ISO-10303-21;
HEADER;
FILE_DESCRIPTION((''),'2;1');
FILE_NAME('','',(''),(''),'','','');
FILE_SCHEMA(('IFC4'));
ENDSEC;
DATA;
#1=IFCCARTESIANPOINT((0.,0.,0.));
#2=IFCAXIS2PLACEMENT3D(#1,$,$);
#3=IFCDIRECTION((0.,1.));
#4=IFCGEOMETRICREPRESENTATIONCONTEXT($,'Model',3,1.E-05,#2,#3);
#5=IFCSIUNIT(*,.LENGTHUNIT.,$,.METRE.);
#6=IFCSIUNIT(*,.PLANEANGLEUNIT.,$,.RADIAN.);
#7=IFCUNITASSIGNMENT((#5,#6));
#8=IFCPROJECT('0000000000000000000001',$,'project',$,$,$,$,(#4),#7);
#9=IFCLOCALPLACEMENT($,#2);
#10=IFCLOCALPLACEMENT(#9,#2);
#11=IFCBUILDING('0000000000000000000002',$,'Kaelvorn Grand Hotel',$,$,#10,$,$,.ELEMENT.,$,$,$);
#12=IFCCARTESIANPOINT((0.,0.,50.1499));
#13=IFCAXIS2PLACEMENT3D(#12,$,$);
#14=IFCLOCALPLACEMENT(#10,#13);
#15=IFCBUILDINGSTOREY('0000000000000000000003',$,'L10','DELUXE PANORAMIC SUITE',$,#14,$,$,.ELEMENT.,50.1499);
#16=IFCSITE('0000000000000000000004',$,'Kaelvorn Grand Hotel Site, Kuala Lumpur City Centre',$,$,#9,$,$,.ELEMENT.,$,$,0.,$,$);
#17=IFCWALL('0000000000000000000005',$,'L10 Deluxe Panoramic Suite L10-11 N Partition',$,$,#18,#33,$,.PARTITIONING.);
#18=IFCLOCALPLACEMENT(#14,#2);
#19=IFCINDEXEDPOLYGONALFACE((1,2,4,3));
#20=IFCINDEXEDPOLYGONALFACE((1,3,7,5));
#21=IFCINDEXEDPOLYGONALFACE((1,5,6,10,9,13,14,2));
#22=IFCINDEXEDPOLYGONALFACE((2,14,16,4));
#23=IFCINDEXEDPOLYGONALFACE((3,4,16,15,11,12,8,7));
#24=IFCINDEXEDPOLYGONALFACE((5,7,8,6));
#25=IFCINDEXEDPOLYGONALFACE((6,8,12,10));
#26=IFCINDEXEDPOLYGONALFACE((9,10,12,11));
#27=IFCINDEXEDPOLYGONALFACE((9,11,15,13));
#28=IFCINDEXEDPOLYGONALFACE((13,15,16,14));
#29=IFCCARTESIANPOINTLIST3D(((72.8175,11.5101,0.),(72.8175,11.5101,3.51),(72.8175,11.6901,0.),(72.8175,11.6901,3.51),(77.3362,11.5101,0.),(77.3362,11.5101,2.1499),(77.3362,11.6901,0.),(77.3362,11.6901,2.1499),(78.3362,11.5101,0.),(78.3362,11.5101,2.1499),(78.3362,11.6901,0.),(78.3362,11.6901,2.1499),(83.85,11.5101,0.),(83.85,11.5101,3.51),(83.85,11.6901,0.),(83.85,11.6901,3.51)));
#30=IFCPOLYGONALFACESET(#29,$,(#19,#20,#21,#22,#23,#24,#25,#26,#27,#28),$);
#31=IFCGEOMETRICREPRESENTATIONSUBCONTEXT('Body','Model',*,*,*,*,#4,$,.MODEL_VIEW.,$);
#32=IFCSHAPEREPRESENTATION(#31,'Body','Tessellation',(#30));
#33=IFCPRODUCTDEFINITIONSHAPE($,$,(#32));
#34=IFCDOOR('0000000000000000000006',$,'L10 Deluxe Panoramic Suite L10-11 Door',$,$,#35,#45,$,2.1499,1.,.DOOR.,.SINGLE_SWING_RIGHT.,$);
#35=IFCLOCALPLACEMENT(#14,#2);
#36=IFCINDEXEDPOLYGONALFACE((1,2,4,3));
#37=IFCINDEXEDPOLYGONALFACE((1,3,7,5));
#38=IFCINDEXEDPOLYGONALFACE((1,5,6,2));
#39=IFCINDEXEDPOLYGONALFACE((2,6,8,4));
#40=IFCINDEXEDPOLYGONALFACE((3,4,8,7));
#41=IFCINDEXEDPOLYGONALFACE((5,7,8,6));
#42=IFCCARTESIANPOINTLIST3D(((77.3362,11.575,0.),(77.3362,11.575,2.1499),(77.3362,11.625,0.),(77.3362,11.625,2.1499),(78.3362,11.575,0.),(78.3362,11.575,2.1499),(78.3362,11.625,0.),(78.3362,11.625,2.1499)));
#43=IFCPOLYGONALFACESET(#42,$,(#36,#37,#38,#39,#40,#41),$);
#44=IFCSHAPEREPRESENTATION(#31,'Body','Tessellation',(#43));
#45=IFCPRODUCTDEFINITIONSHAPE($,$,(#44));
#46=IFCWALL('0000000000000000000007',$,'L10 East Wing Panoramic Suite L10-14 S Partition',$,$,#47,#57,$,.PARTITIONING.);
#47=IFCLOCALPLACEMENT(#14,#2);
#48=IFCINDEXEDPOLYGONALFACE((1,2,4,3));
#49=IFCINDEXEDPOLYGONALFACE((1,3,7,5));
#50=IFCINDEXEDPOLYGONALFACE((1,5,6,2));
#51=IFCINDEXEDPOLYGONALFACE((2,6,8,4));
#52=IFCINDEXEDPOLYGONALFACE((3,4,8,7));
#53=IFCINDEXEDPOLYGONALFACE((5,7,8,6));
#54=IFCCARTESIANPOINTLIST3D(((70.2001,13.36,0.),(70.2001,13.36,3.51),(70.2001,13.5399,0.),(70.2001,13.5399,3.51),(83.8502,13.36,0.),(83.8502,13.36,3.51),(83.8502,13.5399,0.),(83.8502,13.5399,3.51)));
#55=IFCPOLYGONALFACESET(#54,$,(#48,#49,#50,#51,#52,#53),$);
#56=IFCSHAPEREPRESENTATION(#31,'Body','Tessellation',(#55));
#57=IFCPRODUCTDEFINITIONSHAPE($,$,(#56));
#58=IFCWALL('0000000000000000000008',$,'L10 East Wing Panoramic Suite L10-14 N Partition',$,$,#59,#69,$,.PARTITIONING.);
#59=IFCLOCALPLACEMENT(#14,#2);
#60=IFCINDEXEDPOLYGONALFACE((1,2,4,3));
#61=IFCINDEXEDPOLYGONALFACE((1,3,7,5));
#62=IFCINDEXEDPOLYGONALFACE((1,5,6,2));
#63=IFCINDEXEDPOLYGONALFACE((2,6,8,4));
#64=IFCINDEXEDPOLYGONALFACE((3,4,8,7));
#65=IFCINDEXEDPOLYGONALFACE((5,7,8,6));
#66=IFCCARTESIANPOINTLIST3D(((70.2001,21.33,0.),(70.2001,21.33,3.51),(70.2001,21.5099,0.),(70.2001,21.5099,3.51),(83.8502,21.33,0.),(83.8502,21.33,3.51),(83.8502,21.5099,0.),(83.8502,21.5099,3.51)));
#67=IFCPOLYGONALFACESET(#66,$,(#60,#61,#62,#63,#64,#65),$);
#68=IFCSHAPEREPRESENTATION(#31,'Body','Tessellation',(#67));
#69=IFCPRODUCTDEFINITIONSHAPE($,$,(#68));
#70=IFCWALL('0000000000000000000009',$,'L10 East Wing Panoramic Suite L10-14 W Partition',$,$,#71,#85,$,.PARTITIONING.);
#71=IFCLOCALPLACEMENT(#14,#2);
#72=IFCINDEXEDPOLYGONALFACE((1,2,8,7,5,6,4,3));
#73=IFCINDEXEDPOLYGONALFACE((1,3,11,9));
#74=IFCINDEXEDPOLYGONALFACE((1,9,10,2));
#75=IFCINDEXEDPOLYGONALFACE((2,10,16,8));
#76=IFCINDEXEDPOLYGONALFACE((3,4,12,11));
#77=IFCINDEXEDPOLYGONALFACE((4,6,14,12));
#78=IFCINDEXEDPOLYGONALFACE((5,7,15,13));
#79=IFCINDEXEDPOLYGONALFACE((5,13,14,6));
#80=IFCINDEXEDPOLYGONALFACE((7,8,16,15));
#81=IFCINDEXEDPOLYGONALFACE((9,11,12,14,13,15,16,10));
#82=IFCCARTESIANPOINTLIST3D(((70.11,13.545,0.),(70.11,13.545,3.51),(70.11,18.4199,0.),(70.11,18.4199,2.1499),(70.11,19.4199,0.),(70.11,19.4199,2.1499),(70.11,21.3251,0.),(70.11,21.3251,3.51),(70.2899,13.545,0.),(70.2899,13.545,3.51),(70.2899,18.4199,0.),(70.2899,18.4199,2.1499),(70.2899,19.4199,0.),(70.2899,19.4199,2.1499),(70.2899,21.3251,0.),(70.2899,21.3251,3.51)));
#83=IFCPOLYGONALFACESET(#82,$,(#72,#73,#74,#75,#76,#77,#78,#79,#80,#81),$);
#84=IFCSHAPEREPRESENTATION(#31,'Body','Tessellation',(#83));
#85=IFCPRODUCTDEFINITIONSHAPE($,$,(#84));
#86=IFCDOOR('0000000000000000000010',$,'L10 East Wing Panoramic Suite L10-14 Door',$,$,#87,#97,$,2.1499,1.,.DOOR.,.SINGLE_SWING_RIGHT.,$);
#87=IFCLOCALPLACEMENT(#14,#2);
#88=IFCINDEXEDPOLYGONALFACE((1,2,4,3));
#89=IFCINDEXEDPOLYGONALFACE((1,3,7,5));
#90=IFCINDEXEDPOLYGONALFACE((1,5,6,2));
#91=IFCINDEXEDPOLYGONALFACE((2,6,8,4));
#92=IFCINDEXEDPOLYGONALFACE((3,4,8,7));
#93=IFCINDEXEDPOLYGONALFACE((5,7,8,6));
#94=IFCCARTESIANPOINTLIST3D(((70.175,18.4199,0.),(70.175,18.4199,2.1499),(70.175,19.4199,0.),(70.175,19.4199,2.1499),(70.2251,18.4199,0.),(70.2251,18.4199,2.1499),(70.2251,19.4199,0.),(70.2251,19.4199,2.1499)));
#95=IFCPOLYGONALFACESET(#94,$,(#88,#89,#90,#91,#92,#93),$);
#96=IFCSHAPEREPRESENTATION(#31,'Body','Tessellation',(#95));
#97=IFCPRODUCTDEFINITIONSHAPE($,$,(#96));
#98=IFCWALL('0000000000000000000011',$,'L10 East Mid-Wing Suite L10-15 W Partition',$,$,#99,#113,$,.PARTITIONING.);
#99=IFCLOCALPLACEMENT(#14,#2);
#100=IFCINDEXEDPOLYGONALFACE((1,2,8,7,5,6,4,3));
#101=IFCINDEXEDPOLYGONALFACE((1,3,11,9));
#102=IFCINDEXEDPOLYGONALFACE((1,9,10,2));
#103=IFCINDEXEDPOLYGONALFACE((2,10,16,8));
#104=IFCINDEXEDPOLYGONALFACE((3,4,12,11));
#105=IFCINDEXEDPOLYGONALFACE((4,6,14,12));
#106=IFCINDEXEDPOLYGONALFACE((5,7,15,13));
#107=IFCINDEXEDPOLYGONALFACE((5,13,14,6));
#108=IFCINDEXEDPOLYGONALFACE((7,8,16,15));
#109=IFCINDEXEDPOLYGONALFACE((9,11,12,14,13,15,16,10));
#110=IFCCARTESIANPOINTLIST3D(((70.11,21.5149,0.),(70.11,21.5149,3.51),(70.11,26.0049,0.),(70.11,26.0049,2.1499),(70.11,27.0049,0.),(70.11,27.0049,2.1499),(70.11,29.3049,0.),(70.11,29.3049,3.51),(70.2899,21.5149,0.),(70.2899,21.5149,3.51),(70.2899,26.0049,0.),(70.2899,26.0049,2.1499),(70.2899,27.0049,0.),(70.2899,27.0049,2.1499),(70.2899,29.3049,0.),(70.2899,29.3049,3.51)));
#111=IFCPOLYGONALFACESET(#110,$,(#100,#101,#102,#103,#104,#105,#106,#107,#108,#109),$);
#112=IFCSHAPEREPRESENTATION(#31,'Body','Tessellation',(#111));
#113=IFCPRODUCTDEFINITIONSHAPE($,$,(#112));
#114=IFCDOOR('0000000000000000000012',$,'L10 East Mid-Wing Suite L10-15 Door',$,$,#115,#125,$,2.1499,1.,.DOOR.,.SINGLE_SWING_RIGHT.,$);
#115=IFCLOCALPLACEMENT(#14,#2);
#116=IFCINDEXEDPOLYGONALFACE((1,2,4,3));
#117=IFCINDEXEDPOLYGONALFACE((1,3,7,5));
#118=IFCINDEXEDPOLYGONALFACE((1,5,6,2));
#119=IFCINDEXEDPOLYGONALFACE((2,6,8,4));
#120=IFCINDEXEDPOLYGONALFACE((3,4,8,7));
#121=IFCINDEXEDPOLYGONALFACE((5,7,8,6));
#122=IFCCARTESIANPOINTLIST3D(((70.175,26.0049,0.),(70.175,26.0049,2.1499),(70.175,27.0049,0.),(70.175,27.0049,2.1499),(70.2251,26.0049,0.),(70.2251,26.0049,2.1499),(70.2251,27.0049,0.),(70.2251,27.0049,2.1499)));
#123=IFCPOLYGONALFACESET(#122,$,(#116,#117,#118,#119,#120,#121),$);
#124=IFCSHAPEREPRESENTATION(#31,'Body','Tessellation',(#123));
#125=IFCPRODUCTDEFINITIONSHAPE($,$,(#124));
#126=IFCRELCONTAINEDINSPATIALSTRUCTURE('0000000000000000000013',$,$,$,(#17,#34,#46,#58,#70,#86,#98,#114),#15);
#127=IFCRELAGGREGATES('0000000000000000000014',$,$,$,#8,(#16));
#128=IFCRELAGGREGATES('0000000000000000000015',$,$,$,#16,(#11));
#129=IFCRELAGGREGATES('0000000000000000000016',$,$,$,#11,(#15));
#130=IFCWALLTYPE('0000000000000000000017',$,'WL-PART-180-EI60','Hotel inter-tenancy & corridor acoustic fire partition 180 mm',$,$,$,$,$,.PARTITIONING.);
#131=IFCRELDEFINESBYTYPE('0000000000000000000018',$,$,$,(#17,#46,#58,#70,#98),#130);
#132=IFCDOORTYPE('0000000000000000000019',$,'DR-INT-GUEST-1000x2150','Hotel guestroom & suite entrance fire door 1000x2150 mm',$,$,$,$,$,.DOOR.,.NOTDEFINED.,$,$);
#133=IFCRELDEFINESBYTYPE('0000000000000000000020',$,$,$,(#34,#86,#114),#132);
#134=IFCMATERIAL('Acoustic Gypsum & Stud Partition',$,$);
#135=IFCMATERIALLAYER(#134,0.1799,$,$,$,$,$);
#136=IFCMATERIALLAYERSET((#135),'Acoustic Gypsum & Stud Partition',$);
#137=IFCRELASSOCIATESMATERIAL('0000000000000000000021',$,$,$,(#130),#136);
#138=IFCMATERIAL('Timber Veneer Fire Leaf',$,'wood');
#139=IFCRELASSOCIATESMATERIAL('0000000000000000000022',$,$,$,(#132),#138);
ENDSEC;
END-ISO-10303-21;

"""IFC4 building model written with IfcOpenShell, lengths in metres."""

from ifc_helpers import new_model, si_unit, direction, frame, frame_2d, origin, place, context, subcontext, project, spatial, rectangle, extrude, material, layer, layer_set, type_object, element, fill, save


model = new_model("IFC4")

# Units and contexts
model_context = context("Model", 3, precision=1e-05, world=origin(), true_north=direction((0.0, 1.0)))
body_context = subcontext(model_context, "Body", "Model", "MODEL_VIEW")
ifc_project = project(units=[si_unit("LENGTHUNIT", "METRE"), si_unit("PLANEANGLEUNIT", "RADIAN")], contexts=[model_context])

# Site, building, storey
site_placement = place(None, origin())
site = spatial("IfcSite", under=ifc_project, at=site_placement, Name="Kaelvorn Grand Hotel Site, Kuala Lumpur City Centre", CompositionType="ELEMENT", RefElevation=0.0)
building_placement = place(site_placement, origin())
building = spatial("IfcBuilding", under=site, at=building_placement, Name="Kaelvorn Grand Hotel", CompositionType="ELEMENT")
storey_placement = place(building_placement, frame((0.0, 0.0, 50.1499)))
storey = spatial("IfcBuildingStorey", under=building, at=storey_placement, Name="L10", Description="DELUXE PANORAMIC SUITE", CompositionType="ELEMENT", Elevation=50.1499)

# Shared definitions
ifc_material_1 = material(Name="Acoustic Gypsum & Stud Partition")

# Wall, opening, door
ifc_layer_1 = layer(ifc_material_1, 0.1799)
ifc_layer_set_1 = layer_set([ifc_layer_1], Name="Acoustic Gypsum & Stud Partition")
wall_type_1 = type_object("IfcWallType", Name="WL-PART-180-EI60", Description="Hotel inter-tenancy & corridor acoustic fire partition 180 mm", PredefinedType="PARTITIONING", material=ifc_layer_set_1)
wall_1_placement = place(storey_placement, frame((72.8176, 11.6001, 0.0), z_axis=(0.0, 0.0, 1.0), x_axis=(1.0, 0.0, 0.0)))
wall_1 = element("IfcWall", 1, at=wall_1_placement, inside=storey, type_object=wall_type_1, Name="L10 Deluxe Panoramic Suite L10-11 N Partition", PredefinedType="PARTITIONING", context=body_context, shape_type="SweptSolid", body=[
    extrude(rectangle(XDim=11.0325, YDim=0.1799, at=frame_2d((5.5161, 0.0))), origin(), (0.0, 0.0, 1.0), 3.51),
])
opening_1_placement = place(wall_1_placement, frame((4.5186, 0.0, 0.0)))
opening_1 = element("IfcOpeningElement", 2, at=opening_1_placement, cuts=wall_1, PredefinedType="OPENING", context=body_context, shape_type="SweptSolid", body=[
    extrude(rectangle(XDim=1.0, YDim=2.1499, at=frame_2d((0.5, 1.075))), frame((0.0, 0.1001, 0.0), z_axis=(0.0, -1.0, 0.0), x_axis=(1.0, 0.0, 0.0)), (0.0, 0.0, 1.0), 0.2),
])
ifc_material_2 = material(Name="Timber Veneer Fire Leaf", Category="wood")
door_type_1 = type_object("IfcDoorType", Name="DR-INT-GUEST-1000x2150", Description="Hotel guestroom & suite entrance fire door 1000x2150 mm", OperationType="NOTDEFINED", PredefinedType="DOOR", material=ifc_material_2)
door_1_placement = place(opening_1_placement, origin())
door_1 = element("IfcDoor", 3, at=door_1_placement, inside=storey, type_object=door_type_1, Name="L10 Deluxe Panoramic Suite L10-11 Door", OperationType="SINGLE_SWING_RIGHT", OverallHeight=2.1499, OverallWidth=1.0, PredefinedType="DOOR", context=body_context, shape_type="SweptSolid", body=[
    extrude(rectangle(XDim=1.0, YDim=2.1499, at=frame_2d((0.5, 1.075))), frame((0.0, 0.0249, 0.0), z_axis=(0.0, -1.0, 0.0), x_axis=(1.0, 0.0, 0.0)), (0.0, 0.0, 1.0), 0.05),
])
fill(opening_1, door_1)

# Walls
for number, where, z_axis, x_axis, name in (
    (4, (70.2, 13.45, 0.0), (0.0, 0.0, 1.0), (1.0, 0.0, 0.0), "L10 East Wing Panoramic Suite L10-14 S Partition"),
    (5, (70.2, 21.4199, 0.0), (0.0, 0.0, 1.0), (1.0, 0.0, 0.0), "L10 East Wing Panoramic Suite L10-14 N Partition"),
):
    element("IfcWall", number, at=place(storey_placement, frame(where, z_axis=z_axis, x_axis=x_axis)), inside=storey, type_object=wall_type_1, Name=name, PredefinedType="PARTITIONING", context=body_context, shape_type="SweptSolid", body=[
        extrude(rectangle(XDim=13.6501, YDim=0.1799, at=frame_2d((6.8252, 0.0))), origin(), (0.0, 0.0, 1.0), 3.51),
    ])

# Walls, openings, doors
wall_2_placement = place(storey_placement, frame((70.2, 13.5449, 0.0), z_axis=(0.0, 0.0, 1.0), x_axis=(0.0, 1.0, 0.0)))
wall_2 = element("IfcWall", 6, at=wall_2_placement, inside=storey, type_object=wall_type_1, Name="L10 East Wing Panoramic Suite L10-14 W Partition", PredefinedType="PARTITIONING", context=body_context, shape_type="SweptSolid", body=[
    extrude(rectangle(XDim=7.78, YDim=0.1799, at=frame_2d((3.8901, 0.0))), origin(), (0.0, 0.0, 1.0), 3.51),
])
opening_2_placement = place(wall_2_placement, frame((4.875, 0.0, 0.0)))
opening_2 = element("IfcOpeningElement", 7, at=opening_2_placement, cuts=wall_2, PredefinedType="OPENING", context=body_context, shape_type="SweptSolid", body=[
    extrude(rectangle(XDim=1.0, YDim=2.1499, at=frame_2d((0.5, 1.075))), frame((0.0, 0.1001, 0.0), z_axis=(0.0, -1.0, 0.0), x_axis=(1.0, 0.0, 0.0)), (0.0, 0.0, 1.0), 0.2),
])
door_2_placement = place(opening_2_placement, origin())
door_2 = element("IfcDoor", 8, at=door_2_placement, inside=storey, type_object=door_type_1, Name="L10 East Wing Panoramic Suite L10-14 Door", OperationType="SINGLE_SWING_RIGHT", OverallHeight=2.1499, OverallWidth=1.0, PredefinedType="DOOR", context=body_context, shape_type="SweptSolid", body=[
    extrude(rectangle(XDim=1.0, YDim=2.1499, at=frame_2d((0.5, 1.075))), frame((0.0, 0.0249, 0.0), z_axis=(0.0, -1.0, 0.0), x_axis=(1.0, 0.0, 0.0)), (0.0, 0.0, 1.0), 0.05),
])
fill(opening_2, door_2)
wall_3_placement = place(storey_placement, frame((70.2, 21.5149, 0.0), z_axis=(0.0, 0.0, 1.0), x_axis=(0.0, 1.0, 0.0)))
wall_3 = element("IfcWall", 9, at=wall_3_placement, inside=storey, type_object=wall_type_1, Name="L10 East Mid-Wing Suite L10-15 W Partition", PredefinedType="PARTITIONING", context=body_context, shape_type="SweptSolid", body=[
    extrude(rectangle(XDim=7.79, YDim=0.1799, at=frame_2d((3.895, 0.0))), origin(), (0.0, 0.0, 1.0), 3.51),
])
opening_3_placement = place(wall_3_placement, frame((4.49, 0.0, 0.0)))
opening_3 = element("IfcOpeningElement", 10, at=opening_3_placement, cuts=wall_3, PredefinedType="OPENING", context=body_context, shape_type="SweptSolid", body=[
    extrude(rectangle(XDim=1.0, YDim=2.1499, at=frame_2d((0.5, 1.075))), frame((0.0, 0.1001, 0.0), z_axis=(0.0, -1.0, 0.0), x_axis=(1.0, 0.0, 0.0)), (0.0, 0.0, 1.0), 0.2),
])
door_3_placement = place(opening_3_placement, origin())
door_3 = element("IfcDoor", 11, at=door_3_placement, inside=storey, type_object=door_type_1, Name="L10 East Mid-Wing Suite L10-15 Door", OperationType="SINGLE_SWING_RIGHT", OverallHeight=2.1499, OverallWidth=1.0, PredefinedType="DOOR", context=body_context, shape_type="SweptSolid", body=[
    extrude(rectangle(XDim=1.0, YDim=2.1499, at=frame_2d((0.5, 1.075))), frame((0.0, 0.0249, 0.0), z_axis=(0.0, -1.0, 0.0), x_axis=(1.0, 0.0, 0.0)), (0.0, 0.0, 1.0), 0.05),
])
fill(opening_3, door_3)

save(model, "model.ifc")
